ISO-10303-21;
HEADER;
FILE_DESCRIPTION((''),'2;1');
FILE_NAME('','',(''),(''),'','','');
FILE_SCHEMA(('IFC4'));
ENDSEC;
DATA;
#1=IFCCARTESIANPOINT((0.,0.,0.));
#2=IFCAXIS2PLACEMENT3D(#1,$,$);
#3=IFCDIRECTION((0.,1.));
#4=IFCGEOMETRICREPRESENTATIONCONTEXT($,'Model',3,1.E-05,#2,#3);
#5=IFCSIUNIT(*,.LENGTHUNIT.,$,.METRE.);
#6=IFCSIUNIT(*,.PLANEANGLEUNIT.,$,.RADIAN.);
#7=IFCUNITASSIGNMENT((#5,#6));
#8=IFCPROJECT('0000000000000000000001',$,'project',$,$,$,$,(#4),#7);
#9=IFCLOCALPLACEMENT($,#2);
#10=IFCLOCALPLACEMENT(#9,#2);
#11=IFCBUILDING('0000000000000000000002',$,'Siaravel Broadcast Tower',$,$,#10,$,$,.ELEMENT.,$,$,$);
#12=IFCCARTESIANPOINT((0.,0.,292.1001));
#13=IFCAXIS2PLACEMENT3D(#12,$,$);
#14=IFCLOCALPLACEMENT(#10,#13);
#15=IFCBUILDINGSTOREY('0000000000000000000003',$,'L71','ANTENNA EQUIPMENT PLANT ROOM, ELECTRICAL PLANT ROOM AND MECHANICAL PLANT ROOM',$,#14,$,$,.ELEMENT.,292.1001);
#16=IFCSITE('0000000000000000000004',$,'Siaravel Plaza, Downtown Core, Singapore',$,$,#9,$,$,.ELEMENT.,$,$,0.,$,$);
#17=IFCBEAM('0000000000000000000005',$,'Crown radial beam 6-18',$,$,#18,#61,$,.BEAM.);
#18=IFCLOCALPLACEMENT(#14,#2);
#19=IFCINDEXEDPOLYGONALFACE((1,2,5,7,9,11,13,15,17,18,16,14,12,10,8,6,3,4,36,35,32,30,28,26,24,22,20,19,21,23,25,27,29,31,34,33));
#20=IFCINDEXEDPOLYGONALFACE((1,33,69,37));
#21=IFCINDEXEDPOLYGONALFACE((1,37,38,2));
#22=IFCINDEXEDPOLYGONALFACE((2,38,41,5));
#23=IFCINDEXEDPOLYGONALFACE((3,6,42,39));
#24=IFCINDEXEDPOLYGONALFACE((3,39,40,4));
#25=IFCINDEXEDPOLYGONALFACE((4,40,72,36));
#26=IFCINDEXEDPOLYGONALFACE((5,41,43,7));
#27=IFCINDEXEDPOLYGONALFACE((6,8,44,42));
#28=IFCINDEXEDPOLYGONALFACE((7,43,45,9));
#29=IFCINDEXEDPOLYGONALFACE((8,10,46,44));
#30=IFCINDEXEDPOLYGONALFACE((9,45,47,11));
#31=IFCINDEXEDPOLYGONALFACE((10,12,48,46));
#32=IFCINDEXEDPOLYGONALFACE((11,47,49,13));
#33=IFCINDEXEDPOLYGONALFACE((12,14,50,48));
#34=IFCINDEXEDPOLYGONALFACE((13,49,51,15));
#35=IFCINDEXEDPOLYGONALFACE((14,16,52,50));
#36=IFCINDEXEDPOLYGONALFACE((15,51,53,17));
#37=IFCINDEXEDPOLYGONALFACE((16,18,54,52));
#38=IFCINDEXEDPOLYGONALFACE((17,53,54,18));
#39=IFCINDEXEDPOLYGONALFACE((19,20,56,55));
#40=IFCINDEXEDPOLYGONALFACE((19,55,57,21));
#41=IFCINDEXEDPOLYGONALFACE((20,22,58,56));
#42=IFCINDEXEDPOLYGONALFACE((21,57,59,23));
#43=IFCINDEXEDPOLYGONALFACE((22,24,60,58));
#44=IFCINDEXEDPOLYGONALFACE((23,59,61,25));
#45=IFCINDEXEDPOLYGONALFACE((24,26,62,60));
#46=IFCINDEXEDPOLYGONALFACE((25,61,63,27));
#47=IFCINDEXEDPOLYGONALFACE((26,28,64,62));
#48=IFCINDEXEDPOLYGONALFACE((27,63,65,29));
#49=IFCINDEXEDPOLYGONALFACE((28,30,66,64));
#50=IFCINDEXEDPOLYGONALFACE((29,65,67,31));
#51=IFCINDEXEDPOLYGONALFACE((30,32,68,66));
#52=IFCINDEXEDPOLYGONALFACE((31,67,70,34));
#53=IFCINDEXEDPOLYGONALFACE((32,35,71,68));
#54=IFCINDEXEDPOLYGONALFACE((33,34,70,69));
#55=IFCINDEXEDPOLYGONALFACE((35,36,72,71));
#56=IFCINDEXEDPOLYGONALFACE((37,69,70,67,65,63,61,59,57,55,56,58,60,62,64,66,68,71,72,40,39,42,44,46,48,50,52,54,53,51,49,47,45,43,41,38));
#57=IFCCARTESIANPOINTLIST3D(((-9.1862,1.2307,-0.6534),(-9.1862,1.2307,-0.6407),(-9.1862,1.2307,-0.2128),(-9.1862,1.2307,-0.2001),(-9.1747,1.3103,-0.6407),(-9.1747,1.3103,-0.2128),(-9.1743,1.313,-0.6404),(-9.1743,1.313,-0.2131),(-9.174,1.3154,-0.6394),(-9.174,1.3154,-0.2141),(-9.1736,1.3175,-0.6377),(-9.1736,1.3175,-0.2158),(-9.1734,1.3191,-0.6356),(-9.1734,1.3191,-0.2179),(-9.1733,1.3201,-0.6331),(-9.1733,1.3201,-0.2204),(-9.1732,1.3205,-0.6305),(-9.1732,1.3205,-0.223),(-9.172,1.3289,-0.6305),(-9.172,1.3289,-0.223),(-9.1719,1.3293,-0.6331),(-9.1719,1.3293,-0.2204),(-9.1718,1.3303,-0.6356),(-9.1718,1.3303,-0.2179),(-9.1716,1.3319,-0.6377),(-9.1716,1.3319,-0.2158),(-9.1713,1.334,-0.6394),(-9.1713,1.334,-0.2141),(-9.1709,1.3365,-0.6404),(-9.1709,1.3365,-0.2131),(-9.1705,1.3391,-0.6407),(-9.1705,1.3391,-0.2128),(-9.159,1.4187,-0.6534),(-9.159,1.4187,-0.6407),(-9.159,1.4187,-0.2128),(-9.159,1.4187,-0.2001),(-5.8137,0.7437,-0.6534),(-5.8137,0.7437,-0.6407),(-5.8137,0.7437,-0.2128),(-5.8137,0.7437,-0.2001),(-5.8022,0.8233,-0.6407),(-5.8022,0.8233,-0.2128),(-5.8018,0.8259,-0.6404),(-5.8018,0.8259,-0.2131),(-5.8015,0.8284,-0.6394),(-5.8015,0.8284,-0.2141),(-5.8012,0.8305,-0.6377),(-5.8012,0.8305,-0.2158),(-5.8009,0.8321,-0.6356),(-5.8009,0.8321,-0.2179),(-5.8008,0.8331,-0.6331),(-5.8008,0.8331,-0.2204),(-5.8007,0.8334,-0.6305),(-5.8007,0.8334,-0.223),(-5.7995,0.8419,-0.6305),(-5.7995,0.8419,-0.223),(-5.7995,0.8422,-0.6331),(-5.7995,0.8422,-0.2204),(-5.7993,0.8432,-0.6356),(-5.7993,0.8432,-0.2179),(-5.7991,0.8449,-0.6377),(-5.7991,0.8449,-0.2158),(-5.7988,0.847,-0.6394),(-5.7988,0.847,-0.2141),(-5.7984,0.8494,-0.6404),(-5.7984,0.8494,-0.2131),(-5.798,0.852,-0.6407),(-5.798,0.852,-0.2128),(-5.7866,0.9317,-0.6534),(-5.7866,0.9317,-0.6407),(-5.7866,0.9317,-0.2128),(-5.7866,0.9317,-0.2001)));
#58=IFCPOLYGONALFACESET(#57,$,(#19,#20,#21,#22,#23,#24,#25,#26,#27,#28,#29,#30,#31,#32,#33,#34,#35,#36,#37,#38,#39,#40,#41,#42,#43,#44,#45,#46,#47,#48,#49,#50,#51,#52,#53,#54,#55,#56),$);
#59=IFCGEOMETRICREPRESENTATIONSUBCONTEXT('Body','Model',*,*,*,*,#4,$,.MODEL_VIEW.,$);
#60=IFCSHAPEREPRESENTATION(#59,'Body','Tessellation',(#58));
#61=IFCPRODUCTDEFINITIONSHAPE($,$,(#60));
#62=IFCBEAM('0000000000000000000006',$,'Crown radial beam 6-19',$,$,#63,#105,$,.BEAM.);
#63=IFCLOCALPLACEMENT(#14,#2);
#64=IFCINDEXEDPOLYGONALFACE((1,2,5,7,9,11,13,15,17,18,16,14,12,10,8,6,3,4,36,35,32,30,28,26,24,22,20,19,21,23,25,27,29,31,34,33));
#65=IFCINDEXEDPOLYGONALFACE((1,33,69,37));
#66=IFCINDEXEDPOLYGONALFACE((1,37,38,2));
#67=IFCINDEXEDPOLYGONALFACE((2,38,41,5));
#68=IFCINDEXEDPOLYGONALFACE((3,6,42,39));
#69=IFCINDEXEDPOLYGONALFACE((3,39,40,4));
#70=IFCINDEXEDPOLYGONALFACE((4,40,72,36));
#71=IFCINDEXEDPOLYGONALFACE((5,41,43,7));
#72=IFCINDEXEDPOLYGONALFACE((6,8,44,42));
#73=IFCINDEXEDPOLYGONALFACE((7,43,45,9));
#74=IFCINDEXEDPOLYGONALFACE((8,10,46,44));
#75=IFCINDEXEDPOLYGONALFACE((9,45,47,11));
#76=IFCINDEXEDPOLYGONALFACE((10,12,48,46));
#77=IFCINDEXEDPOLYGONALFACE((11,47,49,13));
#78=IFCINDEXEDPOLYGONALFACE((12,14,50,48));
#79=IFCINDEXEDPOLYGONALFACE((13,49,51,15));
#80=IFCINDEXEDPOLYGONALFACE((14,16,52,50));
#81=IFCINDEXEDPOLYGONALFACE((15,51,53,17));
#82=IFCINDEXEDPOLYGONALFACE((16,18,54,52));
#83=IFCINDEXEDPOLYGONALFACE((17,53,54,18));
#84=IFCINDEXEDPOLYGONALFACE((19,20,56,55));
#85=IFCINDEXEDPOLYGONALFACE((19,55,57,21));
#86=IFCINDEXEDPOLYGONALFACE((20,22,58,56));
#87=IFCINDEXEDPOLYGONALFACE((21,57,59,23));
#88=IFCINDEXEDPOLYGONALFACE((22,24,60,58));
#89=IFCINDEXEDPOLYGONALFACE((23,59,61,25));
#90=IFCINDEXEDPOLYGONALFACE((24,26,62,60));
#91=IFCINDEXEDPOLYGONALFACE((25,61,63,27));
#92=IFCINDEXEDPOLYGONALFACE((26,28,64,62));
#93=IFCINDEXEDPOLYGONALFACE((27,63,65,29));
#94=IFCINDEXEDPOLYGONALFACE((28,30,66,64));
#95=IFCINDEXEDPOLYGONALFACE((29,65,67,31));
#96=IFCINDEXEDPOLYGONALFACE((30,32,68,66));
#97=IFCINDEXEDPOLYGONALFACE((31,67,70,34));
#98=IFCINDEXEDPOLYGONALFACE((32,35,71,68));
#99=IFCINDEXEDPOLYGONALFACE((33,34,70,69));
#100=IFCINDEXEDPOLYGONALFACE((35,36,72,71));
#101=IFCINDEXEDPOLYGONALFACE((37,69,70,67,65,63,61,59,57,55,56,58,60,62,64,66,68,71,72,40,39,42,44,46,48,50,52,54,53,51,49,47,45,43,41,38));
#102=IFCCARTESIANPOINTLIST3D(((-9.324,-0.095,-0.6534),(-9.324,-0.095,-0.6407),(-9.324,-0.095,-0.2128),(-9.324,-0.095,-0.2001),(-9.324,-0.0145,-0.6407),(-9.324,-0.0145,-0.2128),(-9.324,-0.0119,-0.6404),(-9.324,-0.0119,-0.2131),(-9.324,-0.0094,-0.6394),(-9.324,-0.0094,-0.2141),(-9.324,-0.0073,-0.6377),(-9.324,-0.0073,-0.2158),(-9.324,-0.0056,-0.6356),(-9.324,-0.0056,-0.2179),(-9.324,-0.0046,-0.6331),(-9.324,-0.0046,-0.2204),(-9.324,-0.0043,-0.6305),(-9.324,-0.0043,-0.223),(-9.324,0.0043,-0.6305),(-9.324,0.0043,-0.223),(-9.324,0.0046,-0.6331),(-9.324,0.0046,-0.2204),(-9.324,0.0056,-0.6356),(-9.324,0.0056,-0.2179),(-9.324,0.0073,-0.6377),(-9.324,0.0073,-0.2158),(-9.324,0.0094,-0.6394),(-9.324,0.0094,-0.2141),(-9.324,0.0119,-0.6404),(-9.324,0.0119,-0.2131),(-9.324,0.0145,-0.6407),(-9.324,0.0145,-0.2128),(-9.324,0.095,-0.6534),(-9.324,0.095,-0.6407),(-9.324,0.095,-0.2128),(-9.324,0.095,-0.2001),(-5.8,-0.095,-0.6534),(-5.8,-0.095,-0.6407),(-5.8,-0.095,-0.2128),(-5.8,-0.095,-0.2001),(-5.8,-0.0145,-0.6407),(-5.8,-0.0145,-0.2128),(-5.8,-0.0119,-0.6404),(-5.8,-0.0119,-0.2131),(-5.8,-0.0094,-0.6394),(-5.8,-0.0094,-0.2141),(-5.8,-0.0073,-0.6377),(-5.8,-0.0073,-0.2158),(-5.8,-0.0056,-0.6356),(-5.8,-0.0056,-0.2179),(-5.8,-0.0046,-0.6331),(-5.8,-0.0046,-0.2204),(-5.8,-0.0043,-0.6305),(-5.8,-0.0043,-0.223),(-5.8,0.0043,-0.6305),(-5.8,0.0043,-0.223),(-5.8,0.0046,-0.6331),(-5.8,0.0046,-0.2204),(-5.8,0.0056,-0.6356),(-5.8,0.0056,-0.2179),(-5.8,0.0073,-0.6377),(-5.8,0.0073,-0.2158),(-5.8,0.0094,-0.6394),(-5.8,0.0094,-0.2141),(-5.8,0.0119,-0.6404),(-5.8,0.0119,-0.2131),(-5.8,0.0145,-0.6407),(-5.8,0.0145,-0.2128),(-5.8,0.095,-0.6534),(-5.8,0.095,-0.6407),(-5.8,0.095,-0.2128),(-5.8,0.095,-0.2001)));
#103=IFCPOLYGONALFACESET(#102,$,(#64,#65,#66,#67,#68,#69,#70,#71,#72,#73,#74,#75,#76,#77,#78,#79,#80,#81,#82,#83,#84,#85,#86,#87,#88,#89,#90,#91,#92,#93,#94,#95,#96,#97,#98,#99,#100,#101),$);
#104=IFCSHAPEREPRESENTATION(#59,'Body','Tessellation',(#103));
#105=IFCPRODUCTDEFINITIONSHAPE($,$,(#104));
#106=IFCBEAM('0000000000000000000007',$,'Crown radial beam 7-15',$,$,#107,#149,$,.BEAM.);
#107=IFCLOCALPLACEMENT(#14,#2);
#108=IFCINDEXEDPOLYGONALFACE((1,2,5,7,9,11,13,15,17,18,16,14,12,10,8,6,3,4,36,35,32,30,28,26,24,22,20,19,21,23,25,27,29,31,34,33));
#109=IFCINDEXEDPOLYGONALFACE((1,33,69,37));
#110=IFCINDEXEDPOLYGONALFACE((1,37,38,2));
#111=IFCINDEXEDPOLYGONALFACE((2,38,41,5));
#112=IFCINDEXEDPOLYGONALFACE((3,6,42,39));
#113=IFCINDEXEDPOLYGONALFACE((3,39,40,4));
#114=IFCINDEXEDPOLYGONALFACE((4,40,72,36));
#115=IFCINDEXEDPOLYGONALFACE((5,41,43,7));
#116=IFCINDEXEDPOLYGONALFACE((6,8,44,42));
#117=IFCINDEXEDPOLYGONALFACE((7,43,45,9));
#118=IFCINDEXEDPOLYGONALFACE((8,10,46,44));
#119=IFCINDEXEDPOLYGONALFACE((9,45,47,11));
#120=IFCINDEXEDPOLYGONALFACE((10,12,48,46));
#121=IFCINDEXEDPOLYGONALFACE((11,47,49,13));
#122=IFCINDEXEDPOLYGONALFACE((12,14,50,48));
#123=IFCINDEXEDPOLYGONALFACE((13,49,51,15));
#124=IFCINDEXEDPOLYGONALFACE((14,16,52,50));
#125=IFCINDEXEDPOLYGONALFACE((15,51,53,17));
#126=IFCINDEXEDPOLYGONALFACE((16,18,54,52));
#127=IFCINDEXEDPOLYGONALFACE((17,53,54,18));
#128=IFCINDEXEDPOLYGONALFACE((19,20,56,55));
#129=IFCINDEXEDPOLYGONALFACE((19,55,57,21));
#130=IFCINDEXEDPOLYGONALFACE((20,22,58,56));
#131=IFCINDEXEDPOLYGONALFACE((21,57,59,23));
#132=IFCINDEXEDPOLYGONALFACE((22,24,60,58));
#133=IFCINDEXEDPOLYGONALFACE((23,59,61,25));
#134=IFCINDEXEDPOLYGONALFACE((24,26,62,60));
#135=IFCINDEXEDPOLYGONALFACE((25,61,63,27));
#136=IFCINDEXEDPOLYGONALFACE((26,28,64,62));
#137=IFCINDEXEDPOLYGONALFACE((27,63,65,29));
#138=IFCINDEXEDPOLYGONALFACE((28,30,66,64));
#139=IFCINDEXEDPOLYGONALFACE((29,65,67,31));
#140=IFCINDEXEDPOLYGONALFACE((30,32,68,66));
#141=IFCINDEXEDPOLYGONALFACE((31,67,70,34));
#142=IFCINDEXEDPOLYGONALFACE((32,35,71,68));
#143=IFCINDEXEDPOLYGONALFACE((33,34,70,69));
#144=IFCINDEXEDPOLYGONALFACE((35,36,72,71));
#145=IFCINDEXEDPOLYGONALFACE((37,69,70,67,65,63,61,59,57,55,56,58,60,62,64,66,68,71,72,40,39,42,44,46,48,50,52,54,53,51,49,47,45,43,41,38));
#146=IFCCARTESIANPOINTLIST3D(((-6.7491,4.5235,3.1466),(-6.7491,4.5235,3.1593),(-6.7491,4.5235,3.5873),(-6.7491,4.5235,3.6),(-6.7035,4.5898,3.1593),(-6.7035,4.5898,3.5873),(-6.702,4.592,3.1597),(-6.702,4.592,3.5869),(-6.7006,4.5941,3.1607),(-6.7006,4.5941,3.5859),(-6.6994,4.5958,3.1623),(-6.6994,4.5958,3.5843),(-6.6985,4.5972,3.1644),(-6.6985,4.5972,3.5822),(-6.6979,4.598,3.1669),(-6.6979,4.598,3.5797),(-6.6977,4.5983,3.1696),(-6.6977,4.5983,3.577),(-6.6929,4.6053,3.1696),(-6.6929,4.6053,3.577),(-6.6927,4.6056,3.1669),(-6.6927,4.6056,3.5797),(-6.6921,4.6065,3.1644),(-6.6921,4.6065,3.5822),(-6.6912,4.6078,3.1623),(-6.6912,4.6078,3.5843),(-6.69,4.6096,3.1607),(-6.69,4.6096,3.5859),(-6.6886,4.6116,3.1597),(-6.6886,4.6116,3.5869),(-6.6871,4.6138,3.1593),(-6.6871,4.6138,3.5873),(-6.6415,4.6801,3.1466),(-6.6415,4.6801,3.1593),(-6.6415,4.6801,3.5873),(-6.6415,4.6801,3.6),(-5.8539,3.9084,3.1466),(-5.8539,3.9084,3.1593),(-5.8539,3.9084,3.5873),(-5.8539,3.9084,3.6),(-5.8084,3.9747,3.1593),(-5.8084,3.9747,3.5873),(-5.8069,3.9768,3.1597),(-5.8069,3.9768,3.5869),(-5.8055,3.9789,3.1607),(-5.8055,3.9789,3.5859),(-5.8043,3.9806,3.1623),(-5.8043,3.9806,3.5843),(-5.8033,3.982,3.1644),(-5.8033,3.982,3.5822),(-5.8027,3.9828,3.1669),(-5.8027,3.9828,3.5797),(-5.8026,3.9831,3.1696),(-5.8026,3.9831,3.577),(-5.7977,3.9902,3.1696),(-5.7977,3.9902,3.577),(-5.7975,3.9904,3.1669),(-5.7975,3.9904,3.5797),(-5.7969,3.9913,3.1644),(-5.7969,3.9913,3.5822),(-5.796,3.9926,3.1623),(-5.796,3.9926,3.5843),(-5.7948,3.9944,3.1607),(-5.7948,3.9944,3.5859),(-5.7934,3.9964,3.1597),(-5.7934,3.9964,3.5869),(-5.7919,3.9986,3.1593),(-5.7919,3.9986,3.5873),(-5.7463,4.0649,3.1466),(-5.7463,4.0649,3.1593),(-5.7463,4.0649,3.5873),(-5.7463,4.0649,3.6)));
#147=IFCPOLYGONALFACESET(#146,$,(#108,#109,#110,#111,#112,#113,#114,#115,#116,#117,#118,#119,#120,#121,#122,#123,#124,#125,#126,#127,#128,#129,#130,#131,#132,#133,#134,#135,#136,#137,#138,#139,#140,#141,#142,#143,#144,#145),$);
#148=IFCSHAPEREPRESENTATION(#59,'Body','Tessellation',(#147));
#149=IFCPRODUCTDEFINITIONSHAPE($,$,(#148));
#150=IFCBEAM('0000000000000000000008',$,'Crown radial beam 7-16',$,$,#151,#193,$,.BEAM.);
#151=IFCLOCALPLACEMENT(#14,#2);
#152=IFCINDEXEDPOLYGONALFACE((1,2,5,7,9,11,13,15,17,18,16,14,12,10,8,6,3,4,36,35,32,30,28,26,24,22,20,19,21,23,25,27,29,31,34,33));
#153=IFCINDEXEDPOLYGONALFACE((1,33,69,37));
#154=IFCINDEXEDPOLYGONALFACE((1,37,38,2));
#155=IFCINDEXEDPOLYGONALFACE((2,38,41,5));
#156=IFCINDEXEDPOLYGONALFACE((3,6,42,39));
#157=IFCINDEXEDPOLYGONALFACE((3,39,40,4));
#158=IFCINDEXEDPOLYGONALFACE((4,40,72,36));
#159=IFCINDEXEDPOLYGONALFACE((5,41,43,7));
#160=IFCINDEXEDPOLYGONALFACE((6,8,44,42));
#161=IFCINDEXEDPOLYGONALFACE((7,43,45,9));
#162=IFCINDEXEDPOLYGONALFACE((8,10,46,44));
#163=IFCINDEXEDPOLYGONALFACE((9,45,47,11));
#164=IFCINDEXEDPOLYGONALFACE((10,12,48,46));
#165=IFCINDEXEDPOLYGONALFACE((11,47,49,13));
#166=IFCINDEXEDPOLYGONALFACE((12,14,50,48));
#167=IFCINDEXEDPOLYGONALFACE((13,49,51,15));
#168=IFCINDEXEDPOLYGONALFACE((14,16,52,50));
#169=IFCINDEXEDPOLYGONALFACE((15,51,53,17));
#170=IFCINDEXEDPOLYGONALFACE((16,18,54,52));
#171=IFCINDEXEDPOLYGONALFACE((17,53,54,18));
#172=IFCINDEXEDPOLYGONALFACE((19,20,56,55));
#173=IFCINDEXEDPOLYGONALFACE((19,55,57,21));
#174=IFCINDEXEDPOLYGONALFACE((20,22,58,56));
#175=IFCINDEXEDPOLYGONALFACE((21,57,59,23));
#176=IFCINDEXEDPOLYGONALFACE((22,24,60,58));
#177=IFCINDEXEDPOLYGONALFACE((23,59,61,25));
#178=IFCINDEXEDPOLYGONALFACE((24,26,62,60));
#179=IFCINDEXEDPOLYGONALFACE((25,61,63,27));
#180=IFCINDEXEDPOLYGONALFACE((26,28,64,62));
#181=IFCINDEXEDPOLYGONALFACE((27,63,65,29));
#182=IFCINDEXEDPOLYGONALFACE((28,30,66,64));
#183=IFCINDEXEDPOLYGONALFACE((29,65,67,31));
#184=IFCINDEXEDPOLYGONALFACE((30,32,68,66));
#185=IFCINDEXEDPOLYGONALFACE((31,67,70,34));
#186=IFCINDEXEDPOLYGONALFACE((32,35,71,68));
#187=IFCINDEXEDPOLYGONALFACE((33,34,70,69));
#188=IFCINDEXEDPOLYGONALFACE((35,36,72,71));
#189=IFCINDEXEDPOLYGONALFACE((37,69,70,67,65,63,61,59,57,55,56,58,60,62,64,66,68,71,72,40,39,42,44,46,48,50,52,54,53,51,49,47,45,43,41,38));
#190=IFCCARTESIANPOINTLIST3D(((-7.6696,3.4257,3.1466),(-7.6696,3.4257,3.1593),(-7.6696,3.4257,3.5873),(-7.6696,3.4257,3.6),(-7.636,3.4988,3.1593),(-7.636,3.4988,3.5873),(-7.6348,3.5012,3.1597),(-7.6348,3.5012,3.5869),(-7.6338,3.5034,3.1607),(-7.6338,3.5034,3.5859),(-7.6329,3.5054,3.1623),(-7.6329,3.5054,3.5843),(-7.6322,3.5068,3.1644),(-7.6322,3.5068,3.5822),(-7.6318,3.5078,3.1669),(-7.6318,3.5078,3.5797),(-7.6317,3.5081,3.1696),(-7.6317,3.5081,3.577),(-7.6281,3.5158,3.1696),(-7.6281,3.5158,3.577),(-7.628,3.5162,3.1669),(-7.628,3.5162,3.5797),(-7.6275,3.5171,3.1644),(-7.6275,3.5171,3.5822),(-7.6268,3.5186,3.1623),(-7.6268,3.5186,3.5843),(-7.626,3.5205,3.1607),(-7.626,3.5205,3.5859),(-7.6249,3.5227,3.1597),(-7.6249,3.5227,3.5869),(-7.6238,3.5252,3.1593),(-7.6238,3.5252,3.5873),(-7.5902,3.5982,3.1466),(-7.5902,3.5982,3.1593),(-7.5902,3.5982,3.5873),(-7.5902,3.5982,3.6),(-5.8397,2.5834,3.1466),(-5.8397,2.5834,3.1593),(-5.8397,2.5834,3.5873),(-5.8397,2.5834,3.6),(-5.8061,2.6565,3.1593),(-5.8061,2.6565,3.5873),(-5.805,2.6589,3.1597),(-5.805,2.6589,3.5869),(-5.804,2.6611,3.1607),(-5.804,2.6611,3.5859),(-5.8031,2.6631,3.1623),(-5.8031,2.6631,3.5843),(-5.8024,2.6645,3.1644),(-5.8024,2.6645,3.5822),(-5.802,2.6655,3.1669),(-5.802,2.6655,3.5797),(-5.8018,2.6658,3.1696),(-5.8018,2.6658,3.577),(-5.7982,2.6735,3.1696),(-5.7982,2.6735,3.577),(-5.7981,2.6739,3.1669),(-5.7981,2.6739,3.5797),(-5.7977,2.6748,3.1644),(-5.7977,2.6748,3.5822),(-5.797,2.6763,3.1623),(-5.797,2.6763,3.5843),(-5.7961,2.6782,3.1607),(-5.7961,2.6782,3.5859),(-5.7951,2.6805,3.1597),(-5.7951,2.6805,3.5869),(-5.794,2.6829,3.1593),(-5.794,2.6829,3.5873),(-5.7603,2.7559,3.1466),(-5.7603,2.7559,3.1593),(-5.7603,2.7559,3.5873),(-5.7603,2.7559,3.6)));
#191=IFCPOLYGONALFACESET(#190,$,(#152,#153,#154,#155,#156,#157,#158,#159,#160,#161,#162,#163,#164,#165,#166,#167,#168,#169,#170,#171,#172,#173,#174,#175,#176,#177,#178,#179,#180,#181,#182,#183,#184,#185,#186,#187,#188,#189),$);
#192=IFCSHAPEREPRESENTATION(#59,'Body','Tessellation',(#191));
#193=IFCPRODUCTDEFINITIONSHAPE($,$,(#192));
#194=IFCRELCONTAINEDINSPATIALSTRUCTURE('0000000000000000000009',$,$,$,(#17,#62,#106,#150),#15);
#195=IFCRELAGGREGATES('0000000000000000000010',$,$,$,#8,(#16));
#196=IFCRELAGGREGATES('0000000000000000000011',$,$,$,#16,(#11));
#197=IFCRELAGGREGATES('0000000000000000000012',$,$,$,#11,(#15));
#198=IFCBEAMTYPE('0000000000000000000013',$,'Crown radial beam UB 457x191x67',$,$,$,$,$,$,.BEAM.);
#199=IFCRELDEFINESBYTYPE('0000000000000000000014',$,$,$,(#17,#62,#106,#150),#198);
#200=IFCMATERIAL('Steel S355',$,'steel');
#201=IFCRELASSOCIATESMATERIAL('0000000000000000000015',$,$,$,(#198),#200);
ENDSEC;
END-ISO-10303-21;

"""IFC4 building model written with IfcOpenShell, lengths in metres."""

from ifc_helpers import new_model, si_unit, direction, frame, origin, origin_2d, place, context, subcontext, project, spatial, i_section, extrude, material, material_profile, profile_set, type_object, element, save


model = new_model("IFC4")

# Units and contexts
model_context = context("Model", 3, precision=1e-05, world=origin(), true_north=direction((0.0, 1.0)))
body_context = subcontext(model_context, "Body", "Model", "MODEL_VIEW")
ifc_project = project(units=[si_unit("LENGTHUNIT", "METRE"), si_unit("PLANEANGLEUNIT", "RADIAN")], contexts=[model_context])

# Site, building, storey
site_placement = place(None, origin())
site = spatial("IfcSite", under=ifc_project, at=site_placement, Name="Siaravel Plaza, Downtown Core, Singapore", CompositionType="ELEMENT", RefElevation=0.0)
building_placement = place(site_placement, origin())
building = spatial("IfcBuilding", under=site, at=building_placement, Name="Siaravel Broadcast Tower", CompositionType="ELEMENT")
storey_placement = place(building_placement, frame((0.0, 0.0, 292.1001)))
storey = spatial("IfcBuildingStorey", under=building, at=storey_placement, Name="L71", Description="ANTENNA EQUIPMENT PLANT ROOM, ELECTRICAL PLANT ROOM AND MECHANICAL PLANT ROOM", CompositionType="ELEMENT", Elevation=292.1001)

# Beams
ifc_material_1 = material(Name="Steel S355", Category="steel")
ifc_material_profile_1 = material_profile(ifc_material_1, i_section(OverallWidth=0.1899, OverallDepth=0.4534, WebThickness=0.0085, FlangeThickness=0.0127, FilletRadius=0.0103, at=origin_2d()))
ifc_profile_set_1 = profile_set([ifc_material_profile_1], Name="Steel S355")
beam_type_1 = type_object("IfcBeamType", Name="Crown radial beam UB 457x191x67", PredefinedType="BEAM", material=ifc_profile_set_1)
beam_1_placement = place(storey_placement, frame((-9.1726, 1.3247, -0.4268), z_axis=(0.989732, -0.142936, 0.0), x_axis=(0.142936, 0.989732, 0.0)))
element("IfcBeam", 1, at=beam_1_placement, inside=storey, type_object=beam_type_1, Name="Crown radial beam 6-18", PredefinedType="BEAM", context=body_context, shape_type="SweptSolid", body=[
    extrude(i_section(OverallWidth=0.1899, OverallDepth=0.4534, WebThickness=0.0085, FlangeThickness=0.0127, FilletRadius=0.0103, at=origin_2d()), origin(), (0.0, 0.0, 1.0), 3.4075),
])
beam_2_placement = place(storey_placement, frame((-9.324, 0.0, -0.4268), z_axis=(1.0, 0.0, 0.0), x_axis=(0.0, 1.0, 0.0)))
element("IfcBeam", 2, at=beam_2_placement, inside=storey, type_object=beam_type_1, Name="Crown radial beam 6-19", PredefinedType="BEAM", context=body_context, shape_type="SweptSolid", body=[
    extrude(i_section(OverallWidth=0.1899, OverallDepth=0.4534, WebThickness=0.0085, FlangeThickness=0.0127, FilletRadius=0.0103, at=origin_2d()), origin(), (0.0, 0.0, 1.0), 3.5239),
])
beam_3_placement = place(storey_placement, frame((-6.6953, 4.6018, 3.3733), z_axis=(0.824153, -0.566367, 0.0), x_axis=(0.566367, 0.824153, 0.0)))
element("IfcBeam", 3, at=beam_3_placement, inside=storey, type_object=beam_type_1, Name="Crown radial beam 7-15", PredefinedType="BEAM", context=body_context, shape_type="SweptSolid", body=[
    extrude(i_section(OverallWidth=0.1899, OverallDepth=0.4534, WebThickness=0.0085, FlangeThickness=0.0127, FilletRadius=0.0103, at=origin_2d()), origin(), (0.0, 0.0, 1.0), 1.0862),
])
beam_4_placement = place(storey_placement, frame((-7.6299, 3.512, 3.3733), z_axis=(0.908385, -0.418136, 0.0), x_axis=(0.418136, 0.908385, 0.0)))
element("IfcBeam", 4, at=beam_4_placement, inside=storey, type_object=beam_type_1, Name="Crown radial beam 7-16", PredefinedType="BEAM", context=body_context, shape_type="SweptSolid", body=[
    extrude(i_section(OverallWidth=0.1899, OverallDepth=0.4534, WebThickness=0.0085, FlangeThickness=0.0127, FilletRadius=0.0103, at=origin_2d()), origin(), (0.0, 0.0, 1.0), 2.0144),
])

save(model, "model.ifc")
